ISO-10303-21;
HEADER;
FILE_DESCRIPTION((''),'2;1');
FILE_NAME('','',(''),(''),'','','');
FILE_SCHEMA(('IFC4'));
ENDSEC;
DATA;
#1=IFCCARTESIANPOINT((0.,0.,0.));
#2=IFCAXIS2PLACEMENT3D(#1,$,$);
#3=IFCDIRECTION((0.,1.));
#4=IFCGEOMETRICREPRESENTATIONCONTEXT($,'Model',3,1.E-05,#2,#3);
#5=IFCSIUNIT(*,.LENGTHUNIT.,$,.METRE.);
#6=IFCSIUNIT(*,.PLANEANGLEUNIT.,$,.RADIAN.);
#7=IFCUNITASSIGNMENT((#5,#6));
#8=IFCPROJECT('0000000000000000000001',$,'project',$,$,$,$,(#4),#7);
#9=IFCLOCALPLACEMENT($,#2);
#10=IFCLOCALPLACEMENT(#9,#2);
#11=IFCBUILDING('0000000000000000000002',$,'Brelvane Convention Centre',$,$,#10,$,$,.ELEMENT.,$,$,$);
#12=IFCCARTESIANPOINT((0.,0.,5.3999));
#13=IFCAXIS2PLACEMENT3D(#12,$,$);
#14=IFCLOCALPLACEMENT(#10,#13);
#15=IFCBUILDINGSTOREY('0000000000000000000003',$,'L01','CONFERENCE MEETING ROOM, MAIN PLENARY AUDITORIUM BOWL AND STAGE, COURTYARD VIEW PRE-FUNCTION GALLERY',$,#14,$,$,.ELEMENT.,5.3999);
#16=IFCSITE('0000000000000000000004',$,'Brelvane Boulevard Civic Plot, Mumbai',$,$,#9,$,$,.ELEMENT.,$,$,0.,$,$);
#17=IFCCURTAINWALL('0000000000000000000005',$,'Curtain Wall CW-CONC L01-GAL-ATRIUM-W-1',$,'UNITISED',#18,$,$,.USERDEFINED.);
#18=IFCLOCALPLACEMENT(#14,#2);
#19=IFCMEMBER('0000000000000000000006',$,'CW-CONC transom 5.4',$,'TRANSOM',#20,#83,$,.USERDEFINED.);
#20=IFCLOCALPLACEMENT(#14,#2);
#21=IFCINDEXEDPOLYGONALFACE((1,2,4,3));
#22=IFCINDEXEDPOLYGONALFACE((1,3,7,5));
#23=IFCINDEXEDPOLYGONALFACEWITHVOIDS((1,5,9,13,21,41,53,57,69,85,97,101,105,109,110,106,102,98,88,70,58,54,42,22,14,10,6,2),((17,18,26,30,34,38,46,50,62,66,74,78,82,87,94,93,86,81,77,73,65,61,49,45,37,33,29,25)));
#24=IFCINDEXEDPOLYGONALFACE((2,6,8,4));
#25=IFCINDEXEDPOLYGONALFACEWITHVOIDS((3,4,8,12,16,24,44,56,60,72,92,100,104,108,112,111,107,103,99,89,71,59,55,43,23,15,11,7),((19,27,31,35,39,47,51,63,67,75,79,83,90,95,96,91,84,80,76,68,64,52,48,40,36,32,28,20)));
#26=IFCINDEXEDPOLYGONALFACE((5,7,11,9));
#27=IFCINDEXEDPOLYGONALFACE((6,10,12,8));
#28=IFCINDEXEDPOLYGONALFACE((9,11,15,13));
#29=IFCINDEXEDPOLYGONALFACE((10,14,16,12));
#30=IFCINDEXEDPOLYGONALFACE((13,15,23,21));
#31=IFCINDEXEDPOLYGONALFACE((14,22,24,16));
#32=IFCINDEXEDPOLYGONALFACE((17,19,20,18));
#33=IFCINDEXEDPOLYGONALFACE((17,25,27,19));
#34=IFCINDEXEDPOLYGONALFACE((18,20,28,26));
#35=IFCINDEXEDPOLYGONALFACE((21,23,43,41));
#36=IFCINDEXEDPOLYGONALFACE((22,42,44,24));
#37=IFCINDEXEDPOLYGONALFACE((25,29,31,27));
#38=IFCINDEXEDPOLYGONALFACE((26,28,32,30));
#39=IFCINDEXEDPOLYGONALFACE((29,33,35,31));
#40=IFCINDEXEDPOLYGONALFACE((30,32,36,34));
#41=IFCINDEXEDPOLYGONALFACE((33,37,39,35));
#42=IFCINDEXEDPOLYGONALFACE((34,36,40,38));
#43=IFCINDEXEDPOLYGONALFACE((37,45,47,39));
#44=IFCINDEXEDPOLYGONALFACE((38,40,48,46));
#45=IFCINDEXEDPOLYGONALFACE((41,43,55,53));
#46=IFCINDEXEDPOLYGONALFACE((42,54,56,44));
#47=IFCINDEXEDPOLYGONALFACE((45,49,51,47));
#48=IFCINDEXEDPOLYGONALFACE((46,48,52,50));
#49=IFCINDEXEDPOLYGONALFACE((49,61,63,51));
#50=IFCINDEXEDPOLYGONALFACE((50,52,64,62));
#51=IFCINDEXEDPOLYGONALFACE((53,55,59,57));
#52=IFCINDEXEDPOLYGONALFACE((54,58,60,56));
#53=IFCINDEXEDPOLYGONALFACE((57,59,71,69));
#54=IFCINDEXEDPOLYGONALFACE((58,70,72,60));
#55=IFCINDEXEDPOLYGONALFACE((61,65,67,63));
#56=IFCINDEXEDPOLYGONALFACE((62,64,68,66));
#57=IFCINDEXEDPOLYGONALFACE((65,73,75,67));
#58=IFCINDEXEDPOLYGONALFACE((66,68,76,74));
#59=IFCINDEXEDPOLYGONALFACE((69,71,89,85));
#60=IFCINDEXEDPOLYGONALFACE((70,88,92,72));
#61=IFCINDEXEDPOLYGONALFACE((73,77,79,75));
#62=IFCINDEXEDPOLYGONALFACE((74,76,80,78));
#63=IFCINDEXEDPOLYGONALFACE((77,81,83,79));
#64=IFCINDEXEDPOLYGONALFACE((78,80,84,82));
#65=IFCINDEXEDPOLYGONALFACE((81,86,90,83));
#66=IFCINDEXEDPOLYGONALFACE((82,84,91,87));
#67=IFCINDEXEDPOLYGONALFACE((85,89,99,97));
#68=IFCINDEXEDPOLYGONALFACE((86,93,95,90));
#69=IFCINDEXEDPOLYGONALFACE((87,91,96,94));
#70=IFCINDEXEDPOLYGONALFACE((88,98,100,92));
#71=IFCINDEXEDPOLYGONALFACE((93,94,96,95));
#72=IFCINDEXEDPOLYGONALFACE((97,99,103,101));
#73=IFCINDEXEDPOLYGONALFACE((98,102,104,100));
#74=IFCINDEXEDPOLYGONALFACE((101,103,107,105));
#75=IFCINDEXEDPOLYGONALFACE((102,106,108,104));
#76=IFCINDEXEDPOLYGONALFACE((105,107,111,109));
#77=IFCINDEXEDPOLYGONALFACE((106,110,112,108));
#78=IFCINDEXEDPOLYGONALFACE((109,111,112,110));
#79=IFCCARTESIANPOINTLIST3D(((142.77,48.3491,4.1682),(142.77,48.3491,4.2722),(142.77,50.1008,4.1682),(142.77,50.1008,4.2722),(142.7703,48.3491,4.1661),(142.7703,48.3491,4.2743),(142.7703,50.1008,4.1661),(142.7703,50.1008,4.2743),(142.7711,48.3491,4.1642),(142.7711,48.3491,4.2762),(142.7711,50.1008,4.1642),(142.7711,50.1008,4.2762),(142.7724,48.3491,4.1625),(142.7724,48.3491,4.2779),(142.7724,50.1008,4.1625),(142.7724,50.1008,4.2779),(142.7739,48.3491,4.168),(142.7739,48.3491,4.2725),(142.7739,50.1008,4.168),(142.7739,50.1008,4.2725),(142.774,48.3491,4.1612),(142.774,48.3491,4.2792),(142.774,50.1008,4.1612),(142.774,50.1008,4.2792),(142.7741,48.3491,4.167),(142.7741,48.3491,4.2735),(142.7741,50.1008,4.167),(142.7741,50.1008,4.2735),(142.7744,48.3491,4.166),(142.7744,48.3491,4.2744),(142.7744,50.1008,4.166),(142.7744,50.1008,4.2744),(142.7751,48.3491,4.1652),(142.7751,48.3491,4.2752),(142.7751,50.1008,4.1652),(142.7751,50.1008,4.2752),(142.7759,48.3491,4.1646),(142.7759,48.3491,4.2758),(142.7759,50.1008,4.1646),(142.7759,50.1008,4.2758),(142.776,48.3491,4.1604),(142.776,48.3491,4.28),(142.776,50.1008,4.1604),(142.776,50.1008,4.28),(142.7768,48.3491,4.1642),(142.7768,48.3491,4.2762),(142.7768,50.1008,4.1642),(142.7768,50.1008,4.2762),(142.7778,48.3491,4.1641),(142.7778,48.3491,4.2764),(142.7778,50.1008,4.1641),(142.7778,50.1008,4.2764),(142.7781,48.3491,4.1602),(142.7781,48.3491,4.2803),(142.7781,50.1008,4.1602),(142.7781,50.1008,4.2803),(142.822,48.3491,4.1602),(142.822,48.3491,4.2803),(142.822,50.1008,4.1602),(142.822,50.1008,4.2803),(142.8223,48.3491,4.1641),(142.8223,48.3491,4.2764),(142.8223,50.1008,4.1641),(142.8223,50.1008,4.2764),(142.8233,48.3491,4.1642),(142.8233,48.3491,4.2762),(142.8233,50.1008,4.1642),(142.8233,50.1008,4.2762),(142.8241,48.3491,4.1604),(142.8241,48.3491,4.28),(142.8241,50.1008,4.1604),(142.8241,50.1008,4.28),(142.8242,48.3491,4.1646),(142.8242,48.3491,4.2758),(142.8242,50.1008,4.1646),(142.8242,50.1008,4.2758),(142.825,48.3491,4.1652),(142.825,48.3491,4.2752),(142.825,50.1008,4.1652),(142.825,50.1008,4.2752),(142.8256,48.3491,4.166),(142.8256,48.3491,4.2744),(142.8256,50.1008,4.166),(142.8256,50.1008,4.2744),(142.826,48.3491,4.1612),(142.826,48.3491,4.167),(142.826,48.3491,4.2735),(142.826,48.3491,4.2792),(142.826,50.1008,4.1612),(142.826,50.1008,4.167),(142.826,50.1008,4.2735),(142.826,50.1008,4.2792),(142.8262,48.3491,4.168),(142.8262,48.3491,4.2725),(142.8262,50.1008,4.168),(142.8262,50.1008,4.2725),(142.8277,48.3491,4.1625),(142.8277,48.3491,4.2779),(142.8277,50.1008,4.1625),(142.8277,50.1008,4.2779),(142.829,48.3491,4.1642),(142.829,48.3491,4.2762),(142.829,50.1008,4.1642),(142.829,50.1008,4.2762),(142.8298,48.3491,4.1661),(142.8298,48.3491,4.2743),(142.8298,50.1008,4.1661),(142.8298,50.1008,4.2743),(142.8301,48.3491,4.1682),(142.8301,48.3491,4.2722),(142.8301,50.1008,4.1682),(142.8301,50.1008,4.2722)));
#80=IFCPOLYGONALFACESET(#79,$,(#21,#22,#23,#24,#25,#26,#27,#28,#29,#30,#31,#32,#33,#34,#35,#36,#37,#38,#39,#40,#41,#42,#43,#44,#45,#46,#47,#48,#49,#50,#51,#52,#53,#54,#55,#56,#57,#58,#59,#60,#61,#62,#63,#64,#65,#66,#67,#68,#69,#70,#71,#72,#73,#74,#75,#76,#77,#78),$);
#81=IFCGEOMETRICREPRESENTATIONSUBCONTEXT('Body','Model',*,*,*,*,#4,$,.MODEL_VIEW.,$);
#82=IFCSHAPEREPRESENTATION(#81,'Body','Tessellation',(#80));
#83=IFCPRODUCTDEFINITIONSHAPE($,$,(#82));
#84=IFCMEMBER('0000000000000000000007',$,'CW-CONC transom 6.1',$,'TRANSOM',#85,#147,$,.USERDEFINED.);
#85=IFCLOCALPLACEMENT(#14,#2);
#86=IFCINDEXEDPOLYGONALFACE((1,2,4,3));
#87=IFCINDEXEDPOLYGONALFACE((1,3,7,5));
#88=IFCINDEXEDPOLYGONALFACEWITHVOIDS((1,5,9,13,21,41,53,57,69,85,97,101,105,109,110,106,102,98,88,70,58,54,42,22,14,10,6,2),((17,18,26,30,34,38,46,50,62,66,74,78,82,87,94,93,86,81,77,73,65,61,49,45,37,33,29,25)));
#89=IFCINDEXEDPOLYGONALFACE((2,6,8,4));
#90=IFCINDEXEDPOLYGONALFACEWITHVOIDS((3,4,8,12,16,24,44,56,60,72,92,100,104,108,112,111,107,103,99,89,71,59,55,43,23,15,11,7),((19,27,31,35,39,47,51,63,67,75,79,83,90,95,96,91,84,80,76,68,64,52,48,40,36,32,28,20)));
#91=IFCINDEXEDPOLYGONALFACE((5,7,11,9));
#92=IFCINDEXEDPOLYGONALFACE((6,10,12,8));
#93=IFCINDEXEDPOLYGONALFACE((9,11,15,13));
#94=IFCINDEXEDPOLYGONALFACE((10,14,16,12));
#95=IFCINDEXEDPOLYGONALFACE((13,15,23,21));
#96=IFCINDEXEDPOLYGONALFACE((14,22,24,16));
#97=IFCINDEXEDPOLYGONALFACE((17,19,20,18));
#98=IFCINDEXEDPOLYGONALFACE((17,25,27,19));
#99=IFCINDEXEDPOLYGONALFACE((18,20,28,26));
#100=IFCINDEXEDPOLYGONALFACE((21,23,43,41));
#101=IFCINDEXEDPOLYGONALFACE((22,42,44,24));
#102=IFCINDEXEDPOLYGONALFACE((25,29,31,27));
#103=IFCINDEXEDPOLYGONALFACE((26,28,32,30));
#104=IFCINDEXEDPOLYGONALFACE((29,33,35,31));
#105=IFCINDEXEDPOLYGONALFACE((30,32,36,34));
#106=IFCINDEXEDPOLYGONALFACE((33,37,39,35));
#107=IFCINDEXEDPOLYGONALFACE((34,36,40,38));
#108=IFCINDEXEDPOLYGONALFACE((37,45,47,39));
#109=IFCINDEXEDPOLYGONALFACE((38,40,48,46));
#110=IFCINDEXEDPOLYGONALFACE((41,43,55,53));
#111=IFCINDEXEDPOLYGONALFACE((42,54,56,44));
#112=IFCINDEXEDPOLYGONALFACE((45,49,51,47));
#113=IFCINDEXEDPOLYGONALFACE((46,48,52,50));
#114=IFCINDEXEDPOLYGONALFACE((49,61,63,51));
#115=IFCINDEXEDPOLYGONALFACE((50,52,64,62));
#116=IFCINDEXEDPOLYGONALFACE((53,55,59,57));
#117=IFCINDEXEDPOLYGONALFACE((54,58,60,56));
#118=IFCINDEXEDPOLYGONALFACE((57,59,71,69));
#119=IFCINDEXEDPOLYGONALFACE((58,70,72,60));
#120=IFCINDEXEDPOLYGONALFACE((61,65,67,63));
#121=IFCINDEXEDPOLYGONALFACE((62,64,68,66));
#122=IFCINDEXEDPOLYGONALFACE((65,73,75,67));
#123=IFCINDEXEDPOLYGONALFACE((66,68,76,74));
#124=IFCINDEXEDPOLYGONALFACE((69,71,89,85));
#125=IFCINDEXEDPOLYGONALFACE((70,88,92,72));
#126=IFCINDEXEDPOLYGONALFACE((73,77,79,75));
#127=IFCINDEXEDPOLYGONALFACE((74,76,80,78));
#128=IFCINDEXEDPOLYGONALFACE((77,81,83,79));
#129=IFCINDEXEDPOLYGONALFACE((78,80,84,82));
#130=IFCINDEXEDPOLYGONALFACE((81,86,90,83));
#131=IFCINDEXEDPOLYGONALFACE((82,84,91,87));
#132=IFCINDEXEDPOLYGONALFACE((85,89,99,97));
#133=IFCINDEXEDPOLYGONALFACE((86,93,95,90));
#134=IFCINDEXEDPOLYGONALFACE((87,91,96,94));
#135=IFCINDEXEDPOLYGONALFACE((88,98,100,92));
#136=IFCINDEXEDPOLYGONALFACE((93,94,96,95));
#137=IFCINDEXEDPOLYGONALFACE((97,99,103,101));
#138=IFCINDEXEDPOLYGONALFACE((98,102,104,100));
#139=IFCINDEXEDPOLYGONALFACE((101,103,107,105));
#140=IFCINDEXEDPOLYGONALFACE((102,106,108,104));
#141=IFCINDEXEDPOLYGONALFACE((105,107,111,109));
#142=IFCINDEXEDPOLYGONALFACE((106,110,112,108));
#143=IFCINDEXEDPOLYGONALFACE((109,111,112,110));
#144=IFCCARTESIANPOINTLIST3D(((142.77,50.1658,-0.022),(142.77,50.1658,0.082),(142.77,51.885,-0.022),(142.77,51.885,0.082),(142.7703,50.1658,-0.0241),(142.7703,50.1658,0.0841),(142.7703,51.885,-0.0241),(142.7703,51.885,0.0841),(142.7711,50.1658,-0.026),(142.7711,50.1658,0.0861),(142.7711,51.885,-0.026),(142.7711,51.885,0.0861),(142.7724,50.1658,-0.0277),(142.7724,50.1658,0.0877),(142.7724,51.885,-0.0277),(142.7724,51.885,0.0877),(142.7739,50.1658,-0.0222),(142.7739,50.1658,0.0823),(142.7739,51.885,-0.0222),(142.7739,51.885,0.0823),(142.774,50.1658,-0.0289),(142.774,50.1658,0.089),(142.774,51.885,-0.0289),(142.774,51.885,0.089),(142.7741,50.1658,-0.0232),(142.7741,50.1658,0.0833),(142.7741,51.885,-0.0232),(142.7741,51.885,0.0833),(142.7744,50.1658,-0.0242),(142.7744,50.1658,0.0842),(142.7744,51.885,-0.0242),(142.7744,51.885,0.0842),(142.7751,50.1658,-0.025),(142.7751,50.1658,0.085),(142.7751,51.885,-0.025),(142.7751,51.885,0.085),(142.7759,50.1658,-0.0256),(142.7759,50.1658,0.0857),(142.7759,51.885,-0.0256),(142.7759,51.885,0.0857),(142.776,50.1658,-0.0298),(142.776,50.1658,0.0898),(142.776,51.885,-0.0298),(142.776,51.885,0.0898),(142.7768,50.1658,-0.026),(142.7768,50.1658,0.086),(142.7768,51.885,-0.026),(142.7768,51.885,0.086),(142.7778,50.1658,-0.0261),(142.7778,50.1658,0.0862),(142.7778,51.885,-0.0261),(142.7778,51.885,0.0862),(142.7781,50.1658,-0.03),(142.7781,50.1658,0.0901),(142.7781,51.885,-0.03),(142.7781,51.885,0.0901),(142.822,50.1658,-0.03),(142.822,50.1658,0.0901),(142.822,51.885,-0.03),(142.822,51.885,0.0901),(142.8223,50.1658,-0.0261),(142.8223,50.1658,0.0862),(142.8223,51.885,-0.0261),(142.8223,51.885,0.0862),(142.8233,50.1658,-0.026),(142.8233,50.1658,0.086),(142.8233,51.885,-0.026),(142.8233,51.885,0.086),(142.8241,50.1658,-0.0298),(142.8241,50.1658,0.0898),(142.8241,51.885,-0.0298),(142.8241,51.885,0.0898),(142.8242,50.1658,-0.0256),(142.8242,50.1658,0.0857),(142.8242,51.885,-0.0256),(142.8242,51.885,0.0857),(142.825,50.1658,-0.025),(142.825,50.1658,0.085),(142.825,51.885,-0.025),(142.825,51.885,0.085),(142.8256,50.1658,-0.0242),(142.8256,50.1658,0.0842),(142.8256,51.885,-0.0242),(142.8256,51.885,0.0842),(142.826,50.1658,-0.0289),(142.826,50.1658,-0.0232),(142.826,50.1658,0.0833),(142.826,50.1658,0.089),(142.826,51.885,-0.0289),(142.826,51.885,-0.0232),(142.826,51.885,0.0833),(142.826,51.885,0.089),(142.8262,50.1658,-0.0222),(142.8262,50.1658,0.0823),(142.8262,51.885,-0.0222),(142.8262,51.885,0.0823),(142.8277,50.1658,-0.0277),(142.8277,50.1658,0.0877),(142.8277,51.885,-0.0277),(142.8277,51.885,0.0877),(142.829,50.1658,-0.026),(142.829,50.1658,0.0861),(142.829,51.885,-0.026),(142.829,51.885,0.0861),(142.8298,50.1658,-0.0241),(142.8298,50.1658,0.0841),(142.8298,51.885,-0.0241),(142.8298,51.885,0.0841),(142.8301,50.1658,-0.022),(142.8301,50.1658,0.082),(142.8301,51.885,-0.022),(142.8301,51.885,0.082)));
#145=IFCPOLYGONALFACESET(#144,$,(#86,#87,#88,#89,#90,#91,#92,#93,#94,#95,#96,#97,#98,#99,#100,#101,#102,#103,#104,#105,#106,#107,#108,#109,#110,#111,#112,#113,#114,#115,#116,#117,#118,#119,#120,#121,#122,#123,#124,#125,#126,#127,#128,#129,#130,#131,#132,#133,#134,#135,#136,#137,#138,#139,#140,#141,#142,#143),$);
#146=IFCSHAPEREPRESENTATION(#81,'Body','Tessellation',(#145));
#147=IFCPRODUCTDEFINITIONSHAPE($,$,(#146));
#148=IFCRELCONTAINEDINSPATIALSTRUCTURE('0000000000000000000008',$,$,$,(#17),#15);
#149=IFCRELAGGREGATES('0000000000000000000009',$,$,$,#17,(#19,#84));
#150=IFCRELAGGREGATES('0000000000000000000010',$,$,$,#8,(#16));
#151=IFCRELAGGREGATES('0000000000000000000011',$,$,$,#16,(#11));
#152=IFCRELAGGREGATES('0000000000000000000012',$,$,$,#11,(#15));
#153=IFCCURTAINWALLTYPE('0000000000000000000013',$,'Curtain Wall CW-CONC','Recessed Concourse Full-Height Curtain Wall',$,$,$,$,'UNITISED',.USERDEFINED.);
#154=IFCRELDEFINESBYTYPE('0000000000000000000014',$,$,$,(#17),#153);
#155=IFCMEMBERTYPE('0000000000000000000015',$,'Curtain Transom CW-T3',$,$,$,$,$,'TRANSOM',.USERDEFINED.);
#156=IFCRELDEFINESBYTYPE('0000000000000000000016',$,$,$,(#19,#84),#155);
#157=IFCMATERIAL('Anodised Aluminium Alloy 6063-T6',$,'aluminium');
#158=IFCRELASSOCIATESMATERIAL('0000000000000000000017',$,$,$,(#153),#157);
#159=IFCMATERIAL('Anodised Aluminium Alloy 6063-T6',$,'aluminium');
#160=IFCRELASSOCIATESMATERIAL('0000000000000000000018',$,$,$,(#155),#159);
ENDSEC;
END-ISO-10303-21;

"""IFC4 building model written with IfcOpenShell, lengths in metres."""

from ifc_helpers import new_model, si_unit, direction, frame, origin, origin_2d, place, context, subcontext, project, spatial, hollow_rectangle, extrude, material, material_profile, profile_set, type_object, element, aggregate, save


model = new_model("IFC4")

# Units and contexts
model_context = context("Model", 3, precision=1e-05, world=origin(), true_north=direction((0.0, 1.0)))
body_context = subcontext(model_context, "Body", "Model", "MODEL_VIEW")
ifc_project = project(units=[si_unit("LENGTHUNIT", "METRE"), si_unit("PLANEANGLEUNIT", "RADIAN")], contexts=[model_context])

# Site, building, storey
site_placement = place(None, origin())
site = spatial("IfcSite", under=ifc_project, at=site_placement, Name="Brelvane Boulevard Civic Plot, Mumbai", CompositionType="ELEMENT", RefElevation=0.0)
building_placement = place(site_placement, origin())
building = spatial("IfcBuilding", under=site, at=building_placement, Name="Brelvane Convention Centre", CompositionType="ELEMENT")
storey_placement = place(building_placement, frame((0.0, 0.0, 5.3999)))
storey = spatial("IfcBuildingStorey", under=building, at=storey_placement, Name="L01", Description="CONFERENCE MEETING ROOM, MAIN PLENARY AUDITORIUM BOWL AND STAGE, COURTYARD VIEW PRE-FUNCTION GALLERY", CompositionType="ELEMENT", Elevation=5.3999)

# Curtain wall, members
ifc_material_1 = material(Name="Anodised Aluminium Alloy 6063-T6", Category="aluminium")
curtain_wall_type = type_object("IfcCurtainWallType", Name="Curtain Wall CW-CONC", Description="Recessed Concourse Full-Height Curtain Wall", ElementType="UNITISED", PredefinedType="USERDEFINED", material=ifc_material_1)
curtain_wall_placement = place(storey_placement, origin())
curtain_wall = element("IfcCurtainWall", 1, at=curtain_wall_placement, inside=storey, type_object=curtain_wall_type, Name="Curtain Wall CW-CONC L01-GAL-ATRIUM-W-1", ObjectType="UNITISED", PredefinedType="USERDEFINED")
ifc_material_2 = material(Name="Anodised Aluminium Alloy 6063-T6", Category="aluminium")
ifc_material_profile_1 = material_profile(ifc_material_2, hollow_rectangle(XDim=0.0601, YDim=0.1201, WallThickness=0.0039, InnerFilletRadius=0.0039, OuterFilletRadius=0.0081, at=origin_2d()), Name="ALU-T 120x60x4.0")
ifc_profile_set_1 = profile_set([ifc_material_profile_1], Name="Anodised Aluminium Alloy 6063-T6")
member_type_1 = type_object("IfcMemberType", Name="Curtain Transom CW-T3", ElementType="TRANSOM", PredefinedType="USERDEFINED", material=ifc_profile_set_1)
member_1_placement = place(storey_placement, frame((142.8, 48.3491, 4.2202), z_axis=(0.0, 1.0, 0.0), x_axis=(-1.0, 0.0, 0.0)))
member_1 = element("IfcMember", 2, at=member_1_placement, type_object=member_type_1, Name="CW-CONC transom 5.4", ObjectType="TRANSOM", PredefinedType="USERDEFINED", context=body_context, shape_type="SweptSolid", body=[
    extrude(hollow_rectangle(XDim=0.0601, YDim=0.1201, WallThickness=0.0039, InnerFilletRadius=0.0039, OuterFilletRadius=0.0081, at=origin_2d()), origin(), (0.0, 0.0, 1.0), 1.7517),
])
member_2_placement = place(storey_placement, frame((142.8, 50.1658, 0.03), z_axis=(0.0, 1.0, 0.0), x_axis=(-1.0, 0.0, 0.0)))
member_2 = element("IfcMember", 3, at=member_2_placement, type_object=member_type_1, Name="CW-CONC transom 6.1", ObjectType="TRANSOM", PredefinedType="USERDEFINED", context=body_context, shape_type="SweptSolid", body=[
    extrude(hollow_rectangle(XDim=0.0601, YDim=0.1201, WallThickness=0.0039, InnerFilletRadius=0.0039, OuterFilletRadius=0.0081, at=origin_2d()), origin(), (0.0, 0.0, 1.0), 1.7192),
])

aggregate(curtain_wall, [member_1, member_2])

save(model, "model.ifc")
